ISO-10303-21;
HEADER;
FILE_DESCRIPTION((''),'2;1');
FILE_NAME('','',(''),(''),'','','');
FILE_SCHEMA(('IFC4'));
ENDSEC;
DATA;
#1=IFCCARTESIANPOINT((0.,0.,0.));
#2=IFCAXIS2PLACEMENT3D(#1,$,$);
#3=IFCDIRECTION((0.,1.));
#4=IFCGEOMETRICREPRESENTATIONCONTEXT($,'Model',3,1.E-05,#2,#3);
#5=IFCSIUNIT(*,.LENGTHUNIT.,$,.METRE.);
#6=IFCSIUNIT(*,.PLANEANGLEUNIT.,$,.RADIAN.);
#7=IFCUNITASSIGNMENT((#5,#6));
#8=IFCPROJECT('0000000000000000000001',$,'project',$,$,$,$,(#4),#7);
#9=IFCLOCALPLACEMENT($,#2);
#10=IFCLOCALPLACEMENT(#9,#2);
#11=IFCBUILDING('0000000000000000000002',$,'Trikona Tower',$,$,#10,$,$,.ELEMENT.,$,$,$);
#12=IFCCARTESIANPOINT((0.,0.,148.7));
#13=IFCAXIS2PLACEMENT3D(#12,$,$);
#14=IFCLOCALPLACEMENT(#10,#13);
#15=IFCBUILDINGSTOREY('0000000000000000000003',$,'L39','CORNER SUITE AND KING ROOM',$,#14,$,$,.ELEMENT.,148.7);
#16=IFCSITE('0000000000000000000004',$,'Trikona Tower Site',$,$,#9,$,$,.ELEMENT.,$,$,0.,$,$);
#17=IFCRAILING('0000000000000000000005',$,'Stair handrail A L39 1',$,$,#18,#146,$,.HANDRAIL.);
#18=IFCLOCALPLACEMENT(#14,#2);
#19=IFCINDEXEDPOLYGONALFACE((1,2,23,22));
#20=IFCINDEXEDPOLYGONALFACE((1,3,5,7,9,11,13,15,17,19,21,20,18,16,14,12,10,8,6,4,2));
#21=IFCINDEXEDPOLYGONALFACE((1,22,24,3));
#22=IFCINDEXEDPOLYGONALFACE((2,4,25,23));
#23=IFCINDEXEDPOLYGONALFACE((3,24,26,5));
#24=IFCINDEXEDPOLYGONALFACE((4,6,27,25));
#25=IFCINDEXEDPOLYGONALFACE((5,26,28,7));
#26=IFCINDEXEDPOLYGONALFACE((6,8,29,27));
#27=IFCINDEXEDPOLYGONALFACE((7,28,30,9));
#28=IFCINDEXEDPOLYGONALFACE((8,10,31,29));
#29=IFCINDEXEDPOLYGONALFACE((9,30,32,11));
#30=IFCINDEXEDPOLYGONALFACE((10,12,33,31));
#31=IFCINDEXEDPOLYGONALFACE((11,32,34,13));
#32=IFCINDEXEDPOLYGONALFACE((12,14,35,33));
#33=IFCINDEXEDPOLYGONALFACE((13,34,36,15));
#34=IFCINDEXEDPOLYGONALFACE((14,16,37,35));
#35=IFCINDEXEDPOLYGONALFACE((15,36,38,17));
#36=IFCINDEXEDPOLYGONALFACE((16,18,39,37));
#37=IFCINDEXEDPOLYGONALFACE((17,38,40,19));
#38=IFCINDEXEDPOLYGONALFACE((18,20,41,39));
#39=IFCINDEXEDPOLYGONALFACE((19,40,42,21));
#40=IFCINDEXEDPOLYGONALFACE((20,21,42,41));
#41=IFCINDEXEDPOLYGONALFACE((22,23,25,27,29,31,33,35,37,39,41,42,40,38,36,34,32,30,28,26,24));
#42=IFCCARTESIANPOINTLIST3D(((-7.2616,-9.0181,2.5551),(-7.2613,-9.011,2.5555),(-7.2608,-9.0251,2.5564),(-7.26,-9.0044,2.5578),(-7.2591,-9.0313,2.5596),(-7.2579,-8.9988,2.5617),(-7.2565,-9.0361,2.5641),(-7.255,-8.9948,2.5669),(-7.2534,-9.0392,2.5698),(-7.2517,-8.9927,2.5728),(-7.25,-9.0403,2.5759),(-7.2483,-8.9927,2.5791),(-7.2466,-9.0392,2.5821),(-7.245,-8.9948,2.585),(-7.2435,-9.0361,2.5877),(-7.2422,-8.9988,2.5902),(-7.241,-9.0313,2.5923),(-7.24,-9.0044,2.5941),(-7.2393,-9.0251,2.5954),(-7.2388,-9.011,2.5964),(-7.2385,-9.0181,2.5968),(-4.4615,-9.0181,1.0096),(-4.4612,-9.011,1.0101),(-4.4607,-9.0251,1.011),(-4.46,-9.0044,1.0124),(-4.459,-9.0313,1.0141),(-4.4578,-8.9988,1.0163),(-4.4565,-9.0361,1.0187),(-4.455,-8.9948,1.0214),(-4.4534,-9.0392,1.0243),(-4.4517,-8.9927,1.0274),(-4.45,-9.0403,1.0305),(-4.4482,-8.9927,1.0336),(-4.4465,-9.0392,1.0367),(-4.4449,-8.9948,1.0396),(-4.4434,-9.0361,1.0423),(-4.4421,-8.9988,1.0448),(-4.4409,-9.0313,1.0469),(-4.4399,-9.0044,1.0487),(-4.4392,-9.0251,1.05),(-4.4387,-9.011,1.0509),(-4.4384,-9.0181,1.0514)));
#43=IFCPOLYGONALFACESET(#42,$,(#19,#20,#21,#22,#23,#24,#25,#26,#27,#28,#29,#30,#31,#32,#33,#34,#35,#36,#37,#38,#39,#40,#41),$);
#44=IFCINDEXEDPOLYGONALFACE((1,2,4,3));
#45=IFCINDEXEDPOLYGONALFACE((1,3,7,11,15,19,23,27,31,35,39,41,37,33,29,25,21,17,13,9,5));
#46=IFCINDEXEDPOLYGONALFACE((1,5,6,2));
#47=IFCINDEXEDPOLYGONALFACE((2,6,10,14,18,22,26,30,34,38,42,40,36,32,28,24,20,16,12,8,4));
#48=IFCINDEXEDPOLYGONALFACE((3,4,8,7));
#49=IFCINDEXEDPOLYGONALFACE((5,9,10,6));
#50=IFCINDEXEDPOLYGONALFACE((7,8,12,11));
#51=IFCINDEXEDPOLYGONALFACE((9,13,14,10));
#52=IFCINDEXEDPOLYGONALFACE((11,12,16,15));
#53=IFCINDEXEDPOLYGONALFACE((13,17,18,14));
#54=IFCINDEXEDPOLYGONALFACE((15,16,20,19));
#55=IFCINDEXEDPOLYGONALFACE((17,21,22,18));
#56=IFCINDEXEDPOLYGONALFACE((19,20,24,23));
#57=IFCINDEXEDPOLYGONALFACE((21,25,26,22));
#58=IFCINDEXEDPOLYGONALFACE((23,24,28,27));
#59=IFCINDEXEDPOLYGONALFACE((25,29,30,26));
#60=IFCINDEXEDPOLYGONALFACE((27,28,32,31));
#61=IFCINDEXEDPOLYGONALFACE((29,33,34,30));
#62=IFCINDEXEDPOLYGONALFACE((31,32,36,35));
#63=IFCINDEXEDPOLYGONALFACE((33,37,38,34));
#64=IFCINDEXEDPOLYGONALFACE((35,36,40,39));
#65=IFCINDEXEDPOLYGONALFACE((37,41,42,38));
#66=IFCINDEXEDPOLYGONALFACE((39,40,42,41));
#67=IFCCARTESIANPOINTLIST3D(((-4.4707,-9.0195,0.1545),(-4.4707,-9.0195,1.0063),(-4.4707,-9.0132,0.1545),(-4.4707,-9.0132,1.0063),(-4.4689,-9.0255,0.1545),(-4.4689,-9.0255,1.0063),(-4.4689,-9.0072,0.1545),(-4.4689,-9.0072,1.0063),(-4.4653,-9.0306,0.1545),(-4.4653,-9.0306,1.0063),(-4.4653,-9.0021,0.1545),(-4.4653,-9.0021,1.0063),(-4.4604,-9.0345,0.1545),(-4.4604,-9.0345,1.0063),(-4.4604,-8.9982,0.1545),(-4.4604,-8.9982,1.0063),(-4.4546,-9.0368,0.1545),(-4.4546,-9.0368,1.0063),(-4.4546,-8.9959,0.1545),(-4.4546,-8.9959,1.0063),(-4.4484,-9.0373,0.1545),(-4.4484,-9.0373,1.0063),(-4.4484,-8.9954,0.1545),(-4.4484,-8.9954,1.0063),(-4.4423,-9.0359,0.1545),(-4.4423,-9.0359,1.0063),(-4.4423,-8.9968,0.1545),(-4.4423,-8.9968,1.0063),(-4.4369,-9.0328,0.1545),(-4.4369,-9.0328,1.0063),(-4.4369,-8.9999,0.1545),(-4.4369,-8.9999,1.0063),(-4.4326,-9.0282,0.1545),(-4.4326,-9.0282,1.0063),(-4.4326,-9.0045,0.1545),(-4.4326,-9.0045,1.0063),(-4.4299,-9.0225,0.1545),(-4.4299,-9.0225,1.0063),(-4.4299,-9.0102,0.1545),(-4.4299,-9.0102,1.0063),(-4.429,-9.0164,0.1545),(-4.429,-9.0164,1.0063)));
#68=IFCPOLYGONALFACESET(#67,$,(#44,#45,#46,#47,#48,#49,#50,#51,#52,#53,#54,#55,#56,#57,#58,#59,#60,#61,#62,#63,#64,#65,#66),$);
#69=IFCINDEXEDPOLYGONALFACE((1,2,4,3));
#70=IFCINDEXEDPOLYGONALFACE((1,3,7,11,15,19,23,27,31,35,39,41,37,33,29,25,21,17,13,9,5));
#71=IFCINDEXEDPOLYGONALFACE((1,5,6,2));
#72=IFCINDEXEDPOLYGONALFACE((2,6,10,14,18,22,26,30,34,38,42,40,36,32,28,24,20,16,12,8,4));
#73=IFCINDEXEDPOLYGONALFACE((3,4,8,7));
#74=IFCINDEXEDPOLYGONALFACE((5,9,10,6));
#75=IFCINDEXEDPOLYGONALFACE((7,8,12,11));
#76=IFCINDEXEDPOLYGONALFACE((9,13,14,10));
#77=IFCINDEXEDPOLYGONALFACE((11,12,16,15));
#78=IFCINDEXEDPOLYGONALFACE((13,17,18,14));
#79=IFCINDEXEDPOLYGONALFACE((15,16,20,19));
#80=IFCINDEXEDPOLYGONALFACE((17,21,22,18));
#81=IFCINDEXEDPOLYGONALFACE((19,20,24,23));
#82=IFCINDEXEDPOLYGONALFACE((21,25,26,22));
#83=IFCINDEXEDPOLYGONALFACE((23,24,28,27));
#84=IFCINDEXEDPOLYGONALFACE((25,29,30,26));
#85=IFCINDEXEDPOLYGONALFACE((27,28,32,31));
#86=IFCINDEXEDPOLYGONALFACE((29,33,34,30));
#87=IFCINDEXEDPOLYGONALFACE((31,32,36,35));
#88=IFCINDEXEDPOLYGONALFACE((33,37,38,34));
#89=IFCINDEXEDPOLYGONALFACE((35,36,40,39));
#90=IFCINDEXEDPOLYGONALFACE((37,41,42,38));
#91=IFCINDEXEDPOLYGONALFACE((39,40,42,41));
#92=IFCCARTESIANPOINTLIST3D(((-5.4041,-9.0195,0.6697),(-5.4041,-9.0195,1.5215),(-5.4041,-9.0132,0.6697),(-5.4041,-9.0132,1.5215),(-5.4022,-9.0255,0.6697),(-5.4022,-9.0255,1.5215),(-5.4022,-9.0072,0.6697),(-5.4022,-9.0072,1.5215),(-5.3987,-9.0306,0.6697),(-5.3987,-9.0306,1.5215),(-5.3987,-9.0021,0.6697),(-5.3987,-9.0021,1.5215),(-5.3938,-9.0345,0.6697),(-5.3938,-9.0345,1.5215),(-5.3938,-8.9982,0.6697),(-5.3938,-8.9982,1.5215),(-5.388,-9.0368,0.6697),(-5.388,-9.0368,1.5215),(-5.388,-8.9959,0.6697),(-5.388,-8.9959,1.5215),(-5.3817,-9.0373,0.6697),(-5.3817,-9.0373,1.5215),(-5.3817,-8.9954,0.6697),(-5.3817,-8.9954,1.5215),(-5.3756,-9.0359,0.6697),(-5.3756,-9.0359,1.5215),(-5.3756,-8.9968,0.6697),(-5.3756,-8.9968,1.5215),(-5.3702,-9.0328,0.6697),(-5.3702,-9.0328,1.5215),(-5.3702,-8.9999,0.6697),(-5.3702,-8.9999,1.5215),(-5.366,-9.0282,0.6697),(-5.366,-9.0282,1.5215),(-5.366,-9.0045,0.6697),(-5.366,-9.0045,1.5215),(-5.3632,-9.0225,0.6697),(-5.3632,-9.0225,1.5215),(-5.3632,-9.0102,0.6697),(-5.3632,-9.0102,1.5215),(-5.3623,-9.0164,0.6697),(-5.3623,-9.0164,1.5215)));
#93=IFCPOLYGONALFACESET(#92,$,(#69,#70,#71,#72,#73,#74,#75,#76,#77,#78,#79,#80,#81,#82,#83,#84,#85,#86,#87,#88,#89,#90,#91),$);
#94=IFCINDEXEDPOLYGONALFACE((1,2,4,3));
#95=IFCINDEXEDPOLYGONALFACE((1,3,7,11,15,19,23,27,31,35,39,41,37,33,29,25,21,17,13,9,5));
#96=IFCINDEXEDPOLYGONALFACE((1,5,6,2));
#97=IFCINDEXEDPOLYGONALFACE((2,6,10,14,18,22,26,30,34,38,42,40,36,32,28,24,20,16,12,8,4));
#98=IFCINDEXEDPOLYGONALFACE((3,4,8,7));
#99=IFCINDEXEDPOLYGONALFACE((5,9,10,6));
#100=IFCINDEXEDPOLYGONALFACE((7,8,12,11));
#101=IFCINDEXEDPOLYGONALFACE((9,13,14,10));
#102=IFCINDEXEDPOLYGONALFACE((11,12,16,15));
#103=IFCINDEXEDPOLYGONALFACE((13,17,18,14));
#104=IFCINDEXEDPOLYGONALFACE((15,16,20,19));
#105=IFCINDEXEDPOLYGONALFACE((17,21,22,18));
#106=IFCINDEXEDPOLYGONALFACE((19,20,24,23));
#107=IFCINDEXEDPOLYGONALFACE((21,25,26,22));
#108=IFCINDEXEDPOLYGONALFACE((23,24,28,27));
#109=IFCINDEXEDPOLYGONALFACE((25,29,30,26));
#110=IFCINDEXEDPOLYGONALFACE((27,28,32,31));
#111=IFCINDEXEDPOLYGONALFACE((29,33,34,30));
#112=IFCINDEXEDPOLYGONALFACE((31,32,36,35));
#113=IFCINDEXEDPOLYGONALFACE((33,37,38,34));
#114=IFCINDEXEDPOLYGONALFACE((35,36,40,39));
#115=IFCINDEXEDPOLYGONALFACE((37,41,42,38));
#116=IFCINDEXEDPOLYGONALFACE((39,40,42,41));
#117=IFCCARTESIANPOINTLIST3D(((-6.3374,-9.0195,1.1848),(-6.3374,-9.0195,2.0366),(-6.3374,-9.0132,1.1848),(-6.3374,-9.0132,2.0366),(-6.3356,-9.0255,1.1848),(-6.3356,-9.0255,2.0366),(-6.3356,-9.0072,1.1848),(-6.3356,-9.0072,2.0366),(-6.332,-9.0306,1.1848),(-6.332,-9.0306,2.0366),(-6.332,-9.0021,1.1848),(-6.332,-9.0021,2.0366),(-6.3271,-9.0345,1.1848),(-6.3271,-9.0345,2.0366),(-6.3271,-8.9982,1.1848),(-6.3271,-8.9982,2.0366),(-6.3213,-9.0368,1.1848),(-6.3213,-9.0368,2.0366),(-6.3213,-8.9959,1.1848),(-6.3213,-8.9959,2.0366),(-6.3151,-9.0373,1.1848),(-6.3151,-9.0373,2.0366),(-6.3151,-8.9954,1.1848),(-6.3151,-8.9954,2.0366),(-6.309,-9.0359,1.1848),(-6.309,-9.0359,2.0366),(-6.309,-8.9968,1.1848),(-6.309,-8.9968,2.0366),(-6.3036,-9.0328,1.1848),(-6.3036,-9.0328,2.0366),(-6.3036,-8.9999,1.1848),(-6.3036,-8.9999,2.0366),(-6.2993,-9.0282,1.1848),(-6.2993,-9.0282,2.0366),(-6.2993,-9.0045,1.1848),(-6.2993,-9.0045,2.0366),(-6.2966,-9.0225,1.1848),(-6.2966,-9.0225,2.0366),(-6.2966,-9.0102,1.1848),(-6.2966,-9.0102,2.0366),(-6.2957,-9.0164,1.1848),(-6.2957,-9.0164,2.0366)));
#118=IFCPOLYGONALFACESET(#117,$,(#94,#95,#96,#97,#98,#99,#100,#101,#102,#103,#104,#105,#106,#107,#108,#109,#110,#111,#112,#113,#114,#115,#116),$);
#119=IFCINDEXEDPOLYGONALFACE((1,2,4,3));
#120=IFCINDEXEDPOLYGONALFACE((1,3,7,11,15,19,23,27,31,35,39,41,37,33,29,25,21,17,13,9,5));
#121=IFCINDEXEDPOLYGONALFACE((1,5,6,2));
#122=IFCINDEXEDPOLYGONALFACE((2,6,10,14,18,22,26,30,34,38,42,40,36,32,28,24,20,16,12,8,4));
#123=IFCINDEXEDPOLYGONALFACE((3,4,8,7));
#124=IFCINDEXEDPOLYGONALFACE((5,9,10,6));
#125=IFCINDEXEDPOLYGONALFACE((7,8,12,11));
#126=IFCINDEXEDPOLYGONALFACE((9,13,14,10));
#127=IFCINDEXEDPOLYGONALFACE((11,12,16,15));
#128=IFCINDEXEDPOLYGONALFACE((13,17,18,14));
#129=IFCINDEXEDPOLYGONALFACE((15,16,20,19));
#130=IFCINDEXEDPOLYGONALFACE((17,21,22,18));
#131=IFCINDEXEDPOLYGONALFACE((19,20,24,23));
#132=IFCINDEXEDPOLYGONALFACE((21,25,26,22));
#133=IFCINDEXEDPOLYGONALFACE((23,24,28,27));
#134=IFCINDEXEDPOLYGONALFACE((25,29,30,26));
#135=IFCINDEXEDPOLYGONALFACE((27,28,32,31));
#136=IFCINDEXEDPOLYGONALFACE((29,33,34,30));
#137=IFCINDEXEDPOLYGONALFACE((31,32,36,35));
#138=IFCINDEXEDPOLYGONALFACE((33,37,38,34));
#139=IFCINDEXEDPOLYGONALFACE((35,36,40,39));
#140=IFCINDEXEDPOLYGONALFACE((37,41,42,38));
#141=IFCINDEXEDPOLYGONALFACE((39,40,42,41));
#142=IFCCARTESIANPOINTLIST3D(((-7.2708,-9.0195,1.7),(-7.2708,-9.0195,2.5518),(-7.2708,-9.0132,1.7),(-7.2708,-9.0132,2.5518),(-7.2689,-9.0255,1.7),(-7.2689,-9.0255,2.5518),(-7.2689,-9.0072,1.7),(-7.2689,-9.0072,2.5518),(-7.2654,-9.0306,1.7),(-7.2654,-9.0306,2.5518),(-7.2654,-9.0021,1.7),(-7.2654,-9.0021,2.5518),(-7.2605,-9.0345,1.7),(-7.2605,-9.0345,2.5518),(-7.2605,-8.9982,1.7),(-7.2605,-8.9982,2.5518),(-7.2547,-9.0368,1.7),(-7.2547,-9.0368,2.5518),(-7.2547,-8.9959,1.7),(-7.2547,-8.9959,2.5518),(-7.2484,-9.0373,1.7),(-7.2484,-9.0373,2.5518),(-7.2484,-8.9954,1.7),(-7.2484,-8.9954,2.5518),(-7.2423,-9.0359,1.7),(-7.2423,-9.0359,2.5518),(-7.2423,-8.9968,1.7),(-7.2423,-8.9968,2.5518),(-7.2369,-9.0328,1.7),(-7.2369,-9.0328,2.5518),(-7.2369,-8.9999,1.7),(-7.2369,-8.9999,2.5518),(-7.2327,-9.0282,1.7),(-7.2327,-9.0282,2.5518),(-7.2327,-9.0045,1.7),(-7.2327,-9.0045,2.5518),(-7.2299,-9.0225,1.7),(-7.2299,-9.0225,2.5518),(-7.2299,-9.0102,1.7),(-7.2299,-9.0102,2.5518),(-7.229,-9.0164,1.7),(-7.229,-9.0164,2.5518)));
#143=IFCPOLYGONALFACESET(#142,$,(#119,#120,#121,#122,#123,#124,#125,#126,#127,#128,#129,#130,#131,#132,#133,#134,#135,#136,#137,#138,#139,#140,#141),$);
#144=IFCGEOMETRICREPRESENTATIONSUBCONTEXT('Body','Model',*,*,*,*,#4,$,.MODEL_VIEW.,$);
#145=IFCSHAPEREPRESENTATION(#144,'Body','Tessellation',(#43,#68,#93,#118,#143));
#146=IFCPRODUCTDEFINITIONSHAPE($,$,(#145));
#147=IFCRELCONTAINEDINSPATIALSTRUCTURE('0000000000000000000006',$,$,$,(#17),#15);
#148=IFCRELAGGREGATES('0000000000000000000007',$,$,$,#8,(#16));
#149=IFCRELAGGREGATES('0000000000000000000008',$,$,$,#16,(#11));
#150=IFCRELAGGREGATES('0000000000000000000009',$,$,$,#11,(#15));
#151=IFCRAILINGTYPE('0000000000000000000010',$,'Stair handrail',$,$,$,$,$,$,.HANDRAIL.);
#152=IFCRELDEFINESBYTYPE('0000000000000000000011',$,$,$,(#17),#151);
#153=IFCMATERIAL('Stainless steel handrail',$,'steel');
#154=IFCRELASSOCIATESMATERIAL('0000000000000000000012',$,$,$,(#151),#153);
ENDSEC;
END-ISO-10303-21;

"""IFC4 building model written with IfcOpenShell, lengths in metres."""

from ifc_helpers import new_model, si_unit, direction, frame, origin, origin_2d, place, context, subcontext, project, spatial, circle, extrude, material, type_object, element, save


model = new_model("IFC4")

# Units and contexts
model_context = context("Model", 3, precision=1e-05, world=origin(), true_north=direction((0.0, 1.0)))
body_context = subcontext(model_context, "Body", "Model", "MODEL_VIEW")
ifc_project = project(units=[si_unit("LENGTHUNIT", "METRE"), si_unit("PLANEANGLEUNIT", "RADIAN")], contexts=[model_context])

# Site, building, storey
site_placement = place(None, origin())
site = spatial("IfcSite", under=ifc_project, at=site_placement, Name="Trikona Tower Site", CompositionType="ELEMENT", RefElevation=0.0)
building_placement = place(site_placement, origin())
building = spatial("IfcBuilding", under=site, at=building_placement, Name="Trikona Tower", CompositionType="ELEMENT")
storey_placement = place(building_placement, frame((0.0, 0.0, 148.7)))
storey = spatial("IfcBuildingStorey", under=building, at=storey_placement, Name="L39", Description="CORNER SUITE AND KING ROOM", CompositionType="ELEMENT", Elevation=148.7)

# Railing
ifc_material_1 = material(Name="Stainless steel handrail", Category="steel")
railing_type = type_object("IfcRailingType", Name="Stair handrail", PredefinedType="HANDRAIL", material=ifc_material_1)
railing_1_placement = place(storey_placement, frame((-4.45, -9.0164, 0.1545)))
element("IfcRailing", 1, at=railing_1_placement, inside=storey, type_object=railing_type, Name="Stair handrail A L39 1", PredefinedType="HANDRAIL", context=body_context, shape_type="SweptSolid", body=[
    extrude(circle(Radius=0.0239, at=origin_2d()), frame((0.0, 0.0, 0.876), z_axis=(-0.875504, 0.0, 0.483211), x_axis=(0.0, -1.0, 0.0)), (0.0, 0.0, 1.0), 3.1982),
    extrude(circle(Radius=0.021, at=origin_2d()), origin(), (0.0, 0.0, 1.0), 0.8518),
    extrude(circle(Radius=0.021, at=origin_2d()), frame((-0.9333, 0.0, 0.5151)), (0.0, 0.0, 1.0), 0.8518),
    extrude(circle(Radius=0.021, at=origin_2d()), frame((-1.8667, 0.0, 1.0303)), (0.0, 0.0, 1.0), 0.8518),
    extrude(circle(Radius=0.021, at=origin_2d()), frame((-2.8, 0.0, 1.5454)), (0.0, 0.0, 1.0), 0.8518),
])

save(model, "model.ifc")
